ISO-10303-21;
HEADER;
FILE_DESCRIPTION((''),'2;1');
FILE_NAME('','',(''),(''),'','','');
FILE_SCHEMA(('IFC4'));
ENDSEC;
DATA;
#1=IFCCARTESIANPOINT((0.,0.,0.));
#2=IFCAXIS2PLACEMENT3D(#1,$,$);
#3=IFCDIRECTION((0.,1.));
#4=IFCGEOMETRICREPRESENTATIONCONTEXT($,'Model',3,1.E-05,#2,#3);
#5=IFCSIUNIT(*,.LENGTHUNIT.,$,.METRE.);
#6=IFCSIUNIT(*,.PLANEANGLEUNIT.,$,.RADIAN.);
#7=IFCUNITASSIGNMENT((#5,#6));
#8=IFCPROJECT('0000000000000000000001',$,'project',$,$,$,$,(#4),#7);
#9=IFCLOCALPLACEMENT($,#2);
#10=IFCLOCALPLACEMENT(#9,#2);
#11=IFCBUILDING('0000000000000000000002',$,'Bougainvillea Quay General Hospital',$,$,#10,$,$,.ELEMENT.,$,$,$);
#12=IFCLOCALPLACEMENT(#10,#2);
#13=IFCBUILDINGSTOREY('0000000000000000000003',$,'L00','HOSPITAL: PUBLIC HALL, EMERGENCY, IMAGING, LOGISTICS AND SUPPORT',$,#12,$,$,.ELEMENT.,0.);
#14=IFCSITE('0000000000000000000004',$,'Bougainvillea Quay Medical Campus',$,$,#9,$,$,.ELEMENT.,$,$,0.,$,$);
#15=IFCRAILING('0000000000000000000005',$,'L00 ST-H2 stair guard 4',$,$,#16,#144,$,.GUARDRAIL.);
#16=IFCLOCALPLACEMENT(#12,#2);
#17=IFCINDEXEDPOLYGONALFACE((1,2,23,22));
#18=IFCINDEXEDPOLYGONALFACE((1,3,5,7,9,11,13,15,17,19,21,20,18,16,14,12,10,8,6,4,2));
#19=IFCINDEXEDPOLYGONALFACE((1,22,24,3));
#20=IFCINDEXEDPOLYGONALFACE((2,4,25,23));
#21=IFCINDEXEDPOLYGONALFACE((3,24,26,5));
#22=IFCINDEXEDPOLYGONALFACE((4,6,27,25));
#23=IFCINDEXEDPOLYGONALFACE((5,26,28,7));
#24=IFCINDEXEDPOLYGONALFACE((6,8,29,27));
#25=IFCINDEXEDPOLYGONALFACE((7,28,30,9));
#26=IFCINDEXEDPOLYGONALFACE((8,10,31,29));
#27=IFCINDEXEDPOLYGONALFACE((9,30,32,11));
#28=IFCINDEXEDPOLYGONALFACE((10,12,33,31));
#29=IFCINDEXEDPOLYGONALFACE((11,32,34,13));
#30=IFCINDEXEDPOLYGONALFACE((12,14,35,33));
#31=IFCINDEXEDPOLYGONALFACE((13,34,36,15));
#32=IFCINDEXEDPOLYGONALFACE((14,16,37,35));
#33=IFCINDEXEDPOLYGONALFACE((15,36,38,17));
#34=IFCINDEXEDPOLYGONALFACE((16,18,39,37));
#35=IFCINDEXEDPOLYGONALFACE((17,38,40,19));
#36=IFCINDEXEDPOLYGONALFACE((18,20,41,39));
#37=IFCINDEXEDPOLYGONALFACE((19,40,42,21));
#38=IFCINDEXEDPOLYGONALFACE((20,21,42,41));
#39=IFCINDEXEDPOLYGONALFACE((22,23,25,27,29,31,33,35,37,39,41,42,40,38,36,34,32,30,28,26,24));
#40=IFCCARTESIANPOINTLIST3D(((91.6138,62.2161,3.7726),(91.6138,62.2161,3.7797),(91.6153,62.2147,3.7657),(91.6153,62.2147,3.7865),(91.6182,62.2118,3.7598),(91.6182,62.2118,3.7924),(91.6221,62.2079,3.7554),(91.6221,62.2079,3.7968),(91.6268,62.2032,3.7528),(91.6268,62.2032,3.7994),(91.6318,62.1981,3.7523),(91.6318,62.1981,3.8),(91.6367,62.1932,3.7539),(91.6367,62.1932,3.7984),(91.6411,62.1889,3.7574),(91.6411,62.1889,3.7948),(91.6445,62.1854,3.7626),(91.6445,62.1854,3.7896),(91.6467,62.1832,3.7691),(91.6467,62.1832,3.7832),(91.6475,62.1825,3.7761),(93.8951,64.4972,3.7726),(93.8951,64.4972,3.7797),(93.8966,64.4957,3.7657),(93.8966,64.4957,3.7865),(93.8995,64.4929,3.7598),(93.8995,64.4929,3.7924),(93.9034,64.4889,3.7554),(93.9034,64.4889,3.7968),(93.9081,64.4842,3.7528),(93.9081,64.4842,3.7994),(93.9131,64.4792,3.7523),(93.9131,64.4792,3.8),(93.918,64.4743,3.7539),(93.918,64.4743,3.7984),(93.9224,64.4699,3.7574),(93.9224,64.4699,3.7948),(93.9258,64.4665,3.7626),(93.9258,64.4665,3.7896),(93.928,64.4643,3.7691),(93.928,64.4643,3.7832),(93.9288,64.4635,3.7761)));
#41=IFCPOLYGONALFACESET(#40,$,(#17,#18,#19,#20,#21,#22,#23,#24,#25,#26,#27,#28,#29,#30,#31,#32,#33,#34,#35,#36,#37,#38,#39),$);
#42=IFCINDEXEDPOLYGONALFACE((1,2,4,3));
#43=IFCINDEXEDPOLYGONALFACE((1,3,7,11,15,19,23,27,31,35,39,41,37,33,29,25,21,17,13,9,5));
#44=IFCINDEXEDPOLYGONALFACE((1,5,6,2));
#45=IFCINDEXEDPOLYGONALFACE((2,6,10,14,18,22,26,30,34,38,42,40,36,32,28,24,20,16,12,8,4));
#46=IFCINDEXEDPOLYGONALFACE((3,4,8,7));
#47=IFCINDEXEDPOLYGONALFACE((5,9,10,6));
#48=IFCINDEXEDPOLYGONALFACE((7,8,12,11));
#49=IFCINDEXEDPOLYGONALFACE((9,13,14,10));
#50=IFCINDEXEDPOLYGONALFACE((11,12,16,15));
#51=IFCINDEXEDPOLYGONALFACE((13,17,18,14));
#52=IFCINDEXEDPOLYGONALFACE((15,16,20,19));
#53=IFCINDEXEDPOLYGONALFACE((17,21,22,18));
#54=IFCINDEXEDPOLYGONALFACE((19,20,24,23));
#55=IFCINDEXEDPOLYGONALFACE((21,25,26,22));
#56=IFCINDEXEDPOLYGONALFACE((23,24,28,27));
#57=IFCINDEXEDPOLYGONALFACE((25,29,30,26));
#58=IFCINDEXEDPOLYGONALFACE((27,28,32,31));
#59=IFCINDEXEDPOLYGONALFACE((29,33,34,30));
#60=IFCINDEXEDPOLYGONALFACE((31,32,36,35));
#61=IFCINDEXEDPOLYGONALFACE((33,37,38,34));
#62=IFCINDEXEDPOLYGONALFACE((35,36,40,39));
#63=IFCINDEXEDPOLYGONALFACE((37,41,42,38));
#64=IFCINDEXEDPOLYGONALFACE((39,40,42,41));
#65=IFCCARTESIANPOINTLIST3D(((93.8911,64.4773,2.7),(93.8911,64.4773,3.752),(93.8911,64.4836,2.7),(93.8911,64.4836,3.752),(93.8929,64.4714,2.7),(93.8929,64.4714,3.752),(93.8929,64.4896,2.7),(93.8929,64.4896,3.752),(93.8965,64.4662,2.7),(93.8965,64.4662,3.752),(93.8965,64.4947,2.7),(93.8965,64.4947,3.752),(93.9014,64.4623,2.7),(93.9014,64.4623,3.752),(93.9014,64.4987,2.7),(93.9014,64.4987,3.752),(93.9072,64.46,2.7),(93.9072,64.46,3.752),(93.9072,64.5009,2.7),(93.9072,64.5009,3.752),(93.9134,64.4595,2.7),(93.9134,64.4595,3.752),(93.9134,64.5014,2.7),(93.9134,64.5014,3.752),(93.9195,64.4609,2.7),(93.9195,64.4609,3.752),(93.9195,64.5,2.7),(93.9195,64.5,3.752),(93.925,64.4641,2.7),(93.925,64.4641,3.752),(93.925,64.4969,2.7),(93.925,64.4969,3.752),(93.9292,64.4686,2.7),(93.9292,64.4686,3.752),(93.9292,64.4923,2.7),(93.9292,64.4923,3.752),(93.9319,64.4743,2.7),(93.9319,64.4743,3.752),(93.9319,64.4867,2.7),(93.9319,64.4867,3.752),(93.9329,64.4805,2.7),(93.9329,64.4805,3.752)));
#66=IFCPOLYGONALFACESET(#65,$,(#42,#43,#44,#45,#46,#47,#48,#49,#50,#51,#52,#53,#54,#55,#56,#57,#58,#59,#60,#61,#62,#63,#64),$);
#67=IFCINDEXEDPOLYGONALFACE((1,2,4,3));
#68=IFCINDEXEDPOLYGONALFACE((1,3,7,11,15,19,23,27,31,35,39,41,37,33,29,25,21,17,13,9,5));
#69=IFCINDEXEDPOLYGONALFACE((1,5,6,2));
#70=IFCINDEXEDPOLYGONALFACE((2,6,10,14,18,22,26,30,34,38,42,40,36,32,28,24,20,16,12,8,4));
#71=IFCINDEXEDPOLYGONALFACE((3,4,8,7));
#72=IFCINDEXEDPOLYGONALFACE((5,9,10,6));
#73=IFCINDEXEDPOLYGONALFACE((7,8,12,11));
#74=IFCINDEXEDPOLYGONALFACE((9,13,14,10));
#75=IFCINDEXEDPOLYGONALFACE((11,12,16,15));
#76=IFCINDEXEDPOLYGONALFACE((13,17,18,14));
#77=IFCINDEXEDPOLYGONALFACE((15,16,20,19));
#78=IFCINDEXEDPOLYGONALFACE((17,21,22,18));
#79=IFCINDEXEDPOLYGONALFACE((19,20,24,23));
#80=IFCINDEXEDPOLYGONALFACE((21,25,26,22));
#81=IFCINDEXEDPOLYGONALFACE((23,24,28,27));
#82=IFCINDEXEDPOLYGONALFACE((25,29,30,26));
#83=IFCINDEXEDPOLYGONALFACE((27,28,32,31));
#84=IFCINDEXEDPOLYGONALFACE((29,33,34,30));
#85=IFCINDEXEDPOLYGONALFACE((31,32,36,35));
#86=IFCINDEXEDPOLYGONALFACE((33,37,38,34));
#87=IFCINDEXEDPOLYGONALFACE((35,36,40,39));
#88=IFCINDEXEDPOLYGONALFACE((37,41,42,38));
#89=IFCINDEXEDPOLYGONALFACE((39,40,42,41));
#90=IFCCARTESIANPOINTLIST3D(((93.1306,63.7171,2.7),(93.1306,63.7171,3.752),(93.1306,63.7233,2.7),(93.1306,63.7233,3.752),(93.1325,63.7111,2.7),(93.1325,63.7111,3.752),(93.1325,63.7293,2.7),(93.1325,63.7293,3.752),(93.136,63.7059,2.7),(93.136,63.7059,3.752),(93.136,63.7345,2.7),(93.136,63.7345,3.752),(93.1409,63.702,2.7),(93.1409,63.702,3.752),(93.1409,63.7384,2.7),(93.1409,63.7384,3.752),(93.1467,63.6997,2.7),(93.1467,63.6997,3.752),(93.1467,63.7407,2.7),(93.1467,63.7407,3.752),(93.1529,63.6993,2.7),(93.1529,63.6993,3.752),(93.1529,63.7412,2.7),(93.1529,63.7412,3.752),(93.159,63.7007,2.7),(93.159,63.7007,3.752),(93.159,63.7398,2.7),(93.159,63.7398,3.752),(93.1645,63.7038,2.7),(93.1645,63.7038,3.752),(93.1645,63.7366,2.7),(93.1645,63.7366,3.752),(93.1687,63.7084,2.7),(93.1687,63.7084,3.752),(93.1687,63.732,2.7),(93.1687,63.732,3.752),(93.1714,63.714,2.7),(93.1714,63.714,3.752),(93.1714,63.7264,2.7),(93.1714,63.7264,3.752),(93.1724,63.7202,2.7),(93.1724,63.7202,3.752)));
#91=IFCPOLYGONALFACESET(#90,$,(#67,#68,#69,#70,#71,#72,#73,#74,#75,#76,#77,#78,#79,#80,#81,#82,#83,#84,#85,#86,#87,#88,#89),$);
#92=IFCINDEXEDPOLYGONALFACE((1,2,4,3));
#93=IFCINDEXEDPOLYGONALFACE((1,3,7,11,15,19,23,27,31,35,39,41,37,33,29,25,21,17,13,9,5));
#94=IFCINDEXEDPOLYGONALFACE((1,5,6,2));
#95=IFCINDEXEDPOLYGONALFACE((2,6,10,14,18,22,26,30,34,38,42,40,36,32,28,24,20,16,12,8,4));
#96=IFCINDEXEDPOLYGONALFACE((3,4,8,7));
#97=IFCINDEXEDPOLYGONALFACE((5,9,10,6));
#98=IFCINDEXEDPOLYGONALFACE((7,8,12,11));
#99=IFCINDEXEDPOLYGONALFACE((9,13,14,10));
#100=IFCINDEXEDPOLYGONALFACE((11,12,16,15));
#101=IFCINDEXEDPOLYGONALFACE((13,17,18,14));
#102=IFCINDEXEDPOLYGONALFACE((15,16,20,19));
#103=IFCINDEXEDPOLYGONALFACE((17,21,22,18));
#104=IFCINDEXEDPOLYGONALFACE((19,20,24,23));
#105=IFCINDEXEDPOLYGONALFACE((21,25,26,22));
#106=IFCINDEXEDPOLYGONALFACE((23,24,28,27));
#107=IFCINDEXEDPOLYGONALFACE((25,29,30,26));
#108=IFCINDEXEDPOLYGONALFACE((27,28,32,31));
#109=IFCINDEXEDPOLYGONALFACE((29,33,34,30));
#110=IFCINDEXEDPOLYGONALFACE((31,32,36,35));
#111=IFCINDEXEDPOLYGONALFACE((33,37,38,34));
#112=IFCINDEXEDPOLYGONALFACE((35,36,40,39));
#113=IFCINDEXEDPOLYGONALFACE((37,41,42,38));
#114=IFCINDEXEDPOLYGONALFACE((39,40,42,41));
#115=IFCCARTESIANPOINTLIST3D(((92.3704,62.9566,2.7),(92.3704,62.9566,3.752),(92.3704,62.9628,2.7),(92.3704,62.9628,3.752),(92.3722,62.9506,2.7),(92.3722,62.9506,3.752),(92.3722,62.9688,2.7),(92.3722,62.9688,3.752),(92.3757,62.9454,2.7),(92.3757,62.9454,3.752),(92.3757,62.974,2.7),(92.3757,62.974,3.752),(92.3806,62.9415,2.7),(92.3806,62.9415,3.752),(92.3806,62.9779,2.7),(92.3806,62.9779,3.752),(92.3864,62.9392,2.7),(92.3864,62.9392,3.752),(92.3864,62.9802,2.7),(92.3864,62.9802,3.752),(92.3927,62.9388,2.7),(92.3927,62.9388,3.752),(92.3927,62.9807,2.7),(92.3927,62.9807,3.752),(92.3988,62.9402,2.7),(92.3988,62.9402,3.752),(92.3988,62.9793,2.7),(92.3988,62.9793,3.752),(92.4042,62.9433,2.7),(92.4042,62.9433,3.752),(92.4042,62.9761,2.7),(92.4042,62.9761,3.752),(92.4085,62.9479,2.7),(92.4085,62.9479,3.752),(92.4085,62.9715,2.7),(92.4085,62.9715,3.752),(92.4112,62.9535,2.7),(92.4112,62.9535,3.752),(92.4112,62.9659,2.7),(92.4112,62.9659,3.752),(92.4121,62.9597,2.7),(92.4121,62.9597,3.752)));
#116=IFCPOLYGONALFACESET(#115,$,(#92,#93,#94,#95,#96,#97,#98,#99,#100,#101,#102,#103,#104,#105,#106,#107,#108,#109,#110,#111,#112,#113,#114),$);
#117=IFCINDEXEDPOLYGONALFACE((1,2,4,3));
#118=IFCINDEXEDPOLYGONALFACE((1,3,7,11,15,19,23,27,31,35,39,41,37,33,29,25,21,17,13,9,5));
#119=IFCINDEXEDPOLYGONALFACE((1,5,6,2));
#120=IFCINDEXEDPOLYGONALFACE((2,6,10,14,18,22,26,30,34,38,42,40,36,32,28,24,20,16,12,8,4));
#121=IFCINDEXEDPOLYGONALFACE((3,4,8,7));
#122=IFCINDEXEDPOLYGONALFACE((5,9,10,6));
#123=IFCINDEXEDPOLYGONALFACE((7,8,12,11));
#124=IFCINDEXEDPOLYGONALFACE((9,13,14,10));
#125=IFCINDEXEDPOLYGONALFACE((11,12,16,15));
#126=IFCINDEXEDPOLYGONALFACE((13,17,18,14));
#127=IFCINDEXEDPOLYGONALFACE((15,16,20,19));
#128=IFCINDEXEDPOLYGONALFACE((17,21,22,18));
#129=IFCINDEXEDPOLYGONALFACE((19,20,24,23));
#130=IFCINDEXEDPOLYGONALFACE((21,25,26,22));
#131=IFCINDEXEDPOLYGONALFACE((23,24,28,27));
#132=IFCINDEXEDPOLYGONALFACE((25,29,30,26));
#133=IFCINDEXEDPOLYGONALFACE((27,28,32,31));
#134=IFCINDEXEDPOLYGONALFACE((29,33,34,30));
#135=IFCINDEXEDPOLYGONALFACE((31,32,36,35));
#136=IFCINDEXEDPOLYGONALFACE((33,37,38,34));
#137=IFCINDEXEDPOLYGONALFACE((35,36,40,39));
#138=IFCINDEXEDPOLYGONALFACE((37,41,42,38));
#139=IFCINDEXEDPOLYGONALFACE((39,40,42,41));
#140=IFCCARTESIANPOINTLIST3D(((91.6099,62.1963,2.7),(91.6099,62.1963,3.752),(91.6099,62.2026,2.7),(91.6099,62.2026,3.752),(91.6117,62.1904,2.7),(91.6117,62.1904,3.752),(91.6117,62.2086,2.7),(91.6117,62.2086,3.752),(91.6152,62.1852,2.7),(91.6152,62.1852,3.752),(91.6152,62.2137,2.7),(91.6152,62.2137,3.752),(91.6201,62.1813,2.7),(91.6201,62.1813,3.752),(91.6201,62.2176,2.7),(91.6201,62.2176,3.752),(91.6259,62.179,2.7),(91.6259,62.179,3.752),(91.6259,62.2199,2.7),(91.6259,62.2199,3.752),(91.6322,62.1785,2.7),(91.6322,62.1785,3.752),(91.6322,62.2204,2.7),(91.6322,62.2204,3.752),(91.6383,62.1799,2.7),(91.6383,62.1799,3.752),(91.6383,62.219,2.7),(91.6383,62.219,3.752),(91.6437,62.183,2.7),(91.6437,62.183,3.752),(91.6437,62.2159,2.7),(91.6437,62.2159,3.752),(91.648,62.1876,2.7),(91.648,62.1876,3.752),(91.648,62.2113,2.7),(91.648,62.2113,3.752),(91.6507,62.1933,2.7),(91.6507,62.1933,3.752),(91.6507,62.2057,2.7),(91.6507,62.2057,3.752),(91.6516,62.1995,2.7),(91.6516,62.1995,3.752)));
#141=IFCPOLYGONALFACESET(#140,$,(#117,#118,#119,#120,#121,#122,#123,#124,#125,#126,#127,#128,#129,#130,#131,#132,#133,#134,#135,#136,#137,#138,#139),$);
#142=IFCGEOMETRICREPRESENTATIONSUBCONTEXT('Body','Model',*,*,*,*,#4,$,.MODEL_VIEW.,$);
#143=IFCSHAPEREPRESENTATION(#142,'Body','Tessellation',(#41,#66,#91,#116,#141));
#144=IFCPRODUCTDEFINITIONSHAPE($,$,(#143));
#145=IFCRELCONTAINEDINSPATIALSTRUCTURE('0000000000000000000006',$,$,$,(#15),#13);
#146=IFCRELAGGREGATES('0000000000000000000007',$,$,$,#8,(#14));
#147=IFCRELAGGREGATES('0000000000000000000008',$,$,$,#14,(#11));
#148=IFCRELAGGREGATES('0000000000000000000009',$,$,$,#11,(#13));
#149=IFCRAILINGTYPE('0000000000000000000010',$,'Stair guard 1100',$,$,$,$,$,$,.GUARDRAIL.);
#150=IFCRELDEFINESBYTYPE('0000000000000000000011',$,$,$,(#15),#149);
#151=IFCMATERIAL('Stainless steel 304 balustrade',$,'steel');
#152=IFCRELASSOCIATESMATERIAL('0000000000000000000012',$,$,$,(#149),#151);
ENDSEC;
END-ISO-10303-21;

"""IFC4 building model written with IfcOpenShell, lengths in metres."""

from ifc_helpers import new_model, si_unit, direction, frame, origin, origin_2d, place, context, subcontext, project, spatial, circle, extrude, material, type_object, element, save


model = new_model("IFC4")

# Units and contexts
model_context = context("Model", 3, precision=1e-05, world=origin(), true_north=direction((0.0, 1.0)))
body_context = subcontext(model_context, "Body", "Model", "MODEL_VIEW")
ifc_project = project(units=[si_unit("LENGTHUNIT", "METRE"), si_unit("PLANEANGLEUNIT", "RADIAN")], contexts=[model_context])

# Site, building, storey
site_placement = place(None, origin())
site = spatial("IfcSite", under=ifc_project, at=site_placement, Name="Bougainvillea Quay Medical Campus", CompositionType="ELEMENT", RefElevation=0.0)
building_placement = place(site_placement, origin())
building = spatial("IfcBuilding", under=site, at=building_placement, Name="Bougainvillea Quay General Hospital", CompositionType="ELEMENT")
storey_placement = place(building_placement, origin())
storey = spatial("IfcBuildingStorey", under=building, at=storey_placement, Name="L00", Description="HOSPITAL: PUBLIC HALL, EMERGENCY, IMAGING, LOGISTICS AND SUPPORT", CompositionType="ELEMENT", Elevation=0.0)

# Railing
ifc_material_1 = material(Name="Stainless steel 304 balustrade", Category="steel")
railing_type_1 = type_object("IfcRailingType", Name="Stair guard 1100", PredefinedType="GUARDRAIL", material=ifc_material_1)
railing_1_placement = place(storey_placement, frame((93.9119, 64.4805, 2.7)))
element("IfcRailing", 1, at=railing_1_placement, inside=storey, type_object=railing_type_1, Name="L00 ST-H2 stair guard 4", PredefinedType="GUARDRAIL", context=body_context, shape_type="SweptSolid", body=[
    extrude(circle(Radius=0.0239, at=origin_2d()), frame((0.0, 0.0, 1.0762), z_axis=(-0.707145, -0.707069, 0.0), x_axis=(0.707069, -0.707145, 0.0)), (0.0, 0.0, 1.0), 3.2261),
    extrude(circle(Radius=0.021, at=origin_2d()), origin(), (0.0, 0.0, 1.0), 1.052),
    extrude(circle(Radius=0.021, at=origin_2d()), frame((-0.7605, -0.7603, 0.0)), (0.0, 0.0, 1.0), 1.052),
    extrude(circle(Radius=0.021, at=origin_2d()), frame((-1.5208, -1.5208, 0.0)), (0.0, 0.0, 1.0), 1.052),
    extrude(circle(Radius=0.021, at=origin_2d()), frame((-2.2812, -2.281, 0.0)), (0.0, 0.0, 1.0), 1.052),
])

save(model, "model.ifc")
